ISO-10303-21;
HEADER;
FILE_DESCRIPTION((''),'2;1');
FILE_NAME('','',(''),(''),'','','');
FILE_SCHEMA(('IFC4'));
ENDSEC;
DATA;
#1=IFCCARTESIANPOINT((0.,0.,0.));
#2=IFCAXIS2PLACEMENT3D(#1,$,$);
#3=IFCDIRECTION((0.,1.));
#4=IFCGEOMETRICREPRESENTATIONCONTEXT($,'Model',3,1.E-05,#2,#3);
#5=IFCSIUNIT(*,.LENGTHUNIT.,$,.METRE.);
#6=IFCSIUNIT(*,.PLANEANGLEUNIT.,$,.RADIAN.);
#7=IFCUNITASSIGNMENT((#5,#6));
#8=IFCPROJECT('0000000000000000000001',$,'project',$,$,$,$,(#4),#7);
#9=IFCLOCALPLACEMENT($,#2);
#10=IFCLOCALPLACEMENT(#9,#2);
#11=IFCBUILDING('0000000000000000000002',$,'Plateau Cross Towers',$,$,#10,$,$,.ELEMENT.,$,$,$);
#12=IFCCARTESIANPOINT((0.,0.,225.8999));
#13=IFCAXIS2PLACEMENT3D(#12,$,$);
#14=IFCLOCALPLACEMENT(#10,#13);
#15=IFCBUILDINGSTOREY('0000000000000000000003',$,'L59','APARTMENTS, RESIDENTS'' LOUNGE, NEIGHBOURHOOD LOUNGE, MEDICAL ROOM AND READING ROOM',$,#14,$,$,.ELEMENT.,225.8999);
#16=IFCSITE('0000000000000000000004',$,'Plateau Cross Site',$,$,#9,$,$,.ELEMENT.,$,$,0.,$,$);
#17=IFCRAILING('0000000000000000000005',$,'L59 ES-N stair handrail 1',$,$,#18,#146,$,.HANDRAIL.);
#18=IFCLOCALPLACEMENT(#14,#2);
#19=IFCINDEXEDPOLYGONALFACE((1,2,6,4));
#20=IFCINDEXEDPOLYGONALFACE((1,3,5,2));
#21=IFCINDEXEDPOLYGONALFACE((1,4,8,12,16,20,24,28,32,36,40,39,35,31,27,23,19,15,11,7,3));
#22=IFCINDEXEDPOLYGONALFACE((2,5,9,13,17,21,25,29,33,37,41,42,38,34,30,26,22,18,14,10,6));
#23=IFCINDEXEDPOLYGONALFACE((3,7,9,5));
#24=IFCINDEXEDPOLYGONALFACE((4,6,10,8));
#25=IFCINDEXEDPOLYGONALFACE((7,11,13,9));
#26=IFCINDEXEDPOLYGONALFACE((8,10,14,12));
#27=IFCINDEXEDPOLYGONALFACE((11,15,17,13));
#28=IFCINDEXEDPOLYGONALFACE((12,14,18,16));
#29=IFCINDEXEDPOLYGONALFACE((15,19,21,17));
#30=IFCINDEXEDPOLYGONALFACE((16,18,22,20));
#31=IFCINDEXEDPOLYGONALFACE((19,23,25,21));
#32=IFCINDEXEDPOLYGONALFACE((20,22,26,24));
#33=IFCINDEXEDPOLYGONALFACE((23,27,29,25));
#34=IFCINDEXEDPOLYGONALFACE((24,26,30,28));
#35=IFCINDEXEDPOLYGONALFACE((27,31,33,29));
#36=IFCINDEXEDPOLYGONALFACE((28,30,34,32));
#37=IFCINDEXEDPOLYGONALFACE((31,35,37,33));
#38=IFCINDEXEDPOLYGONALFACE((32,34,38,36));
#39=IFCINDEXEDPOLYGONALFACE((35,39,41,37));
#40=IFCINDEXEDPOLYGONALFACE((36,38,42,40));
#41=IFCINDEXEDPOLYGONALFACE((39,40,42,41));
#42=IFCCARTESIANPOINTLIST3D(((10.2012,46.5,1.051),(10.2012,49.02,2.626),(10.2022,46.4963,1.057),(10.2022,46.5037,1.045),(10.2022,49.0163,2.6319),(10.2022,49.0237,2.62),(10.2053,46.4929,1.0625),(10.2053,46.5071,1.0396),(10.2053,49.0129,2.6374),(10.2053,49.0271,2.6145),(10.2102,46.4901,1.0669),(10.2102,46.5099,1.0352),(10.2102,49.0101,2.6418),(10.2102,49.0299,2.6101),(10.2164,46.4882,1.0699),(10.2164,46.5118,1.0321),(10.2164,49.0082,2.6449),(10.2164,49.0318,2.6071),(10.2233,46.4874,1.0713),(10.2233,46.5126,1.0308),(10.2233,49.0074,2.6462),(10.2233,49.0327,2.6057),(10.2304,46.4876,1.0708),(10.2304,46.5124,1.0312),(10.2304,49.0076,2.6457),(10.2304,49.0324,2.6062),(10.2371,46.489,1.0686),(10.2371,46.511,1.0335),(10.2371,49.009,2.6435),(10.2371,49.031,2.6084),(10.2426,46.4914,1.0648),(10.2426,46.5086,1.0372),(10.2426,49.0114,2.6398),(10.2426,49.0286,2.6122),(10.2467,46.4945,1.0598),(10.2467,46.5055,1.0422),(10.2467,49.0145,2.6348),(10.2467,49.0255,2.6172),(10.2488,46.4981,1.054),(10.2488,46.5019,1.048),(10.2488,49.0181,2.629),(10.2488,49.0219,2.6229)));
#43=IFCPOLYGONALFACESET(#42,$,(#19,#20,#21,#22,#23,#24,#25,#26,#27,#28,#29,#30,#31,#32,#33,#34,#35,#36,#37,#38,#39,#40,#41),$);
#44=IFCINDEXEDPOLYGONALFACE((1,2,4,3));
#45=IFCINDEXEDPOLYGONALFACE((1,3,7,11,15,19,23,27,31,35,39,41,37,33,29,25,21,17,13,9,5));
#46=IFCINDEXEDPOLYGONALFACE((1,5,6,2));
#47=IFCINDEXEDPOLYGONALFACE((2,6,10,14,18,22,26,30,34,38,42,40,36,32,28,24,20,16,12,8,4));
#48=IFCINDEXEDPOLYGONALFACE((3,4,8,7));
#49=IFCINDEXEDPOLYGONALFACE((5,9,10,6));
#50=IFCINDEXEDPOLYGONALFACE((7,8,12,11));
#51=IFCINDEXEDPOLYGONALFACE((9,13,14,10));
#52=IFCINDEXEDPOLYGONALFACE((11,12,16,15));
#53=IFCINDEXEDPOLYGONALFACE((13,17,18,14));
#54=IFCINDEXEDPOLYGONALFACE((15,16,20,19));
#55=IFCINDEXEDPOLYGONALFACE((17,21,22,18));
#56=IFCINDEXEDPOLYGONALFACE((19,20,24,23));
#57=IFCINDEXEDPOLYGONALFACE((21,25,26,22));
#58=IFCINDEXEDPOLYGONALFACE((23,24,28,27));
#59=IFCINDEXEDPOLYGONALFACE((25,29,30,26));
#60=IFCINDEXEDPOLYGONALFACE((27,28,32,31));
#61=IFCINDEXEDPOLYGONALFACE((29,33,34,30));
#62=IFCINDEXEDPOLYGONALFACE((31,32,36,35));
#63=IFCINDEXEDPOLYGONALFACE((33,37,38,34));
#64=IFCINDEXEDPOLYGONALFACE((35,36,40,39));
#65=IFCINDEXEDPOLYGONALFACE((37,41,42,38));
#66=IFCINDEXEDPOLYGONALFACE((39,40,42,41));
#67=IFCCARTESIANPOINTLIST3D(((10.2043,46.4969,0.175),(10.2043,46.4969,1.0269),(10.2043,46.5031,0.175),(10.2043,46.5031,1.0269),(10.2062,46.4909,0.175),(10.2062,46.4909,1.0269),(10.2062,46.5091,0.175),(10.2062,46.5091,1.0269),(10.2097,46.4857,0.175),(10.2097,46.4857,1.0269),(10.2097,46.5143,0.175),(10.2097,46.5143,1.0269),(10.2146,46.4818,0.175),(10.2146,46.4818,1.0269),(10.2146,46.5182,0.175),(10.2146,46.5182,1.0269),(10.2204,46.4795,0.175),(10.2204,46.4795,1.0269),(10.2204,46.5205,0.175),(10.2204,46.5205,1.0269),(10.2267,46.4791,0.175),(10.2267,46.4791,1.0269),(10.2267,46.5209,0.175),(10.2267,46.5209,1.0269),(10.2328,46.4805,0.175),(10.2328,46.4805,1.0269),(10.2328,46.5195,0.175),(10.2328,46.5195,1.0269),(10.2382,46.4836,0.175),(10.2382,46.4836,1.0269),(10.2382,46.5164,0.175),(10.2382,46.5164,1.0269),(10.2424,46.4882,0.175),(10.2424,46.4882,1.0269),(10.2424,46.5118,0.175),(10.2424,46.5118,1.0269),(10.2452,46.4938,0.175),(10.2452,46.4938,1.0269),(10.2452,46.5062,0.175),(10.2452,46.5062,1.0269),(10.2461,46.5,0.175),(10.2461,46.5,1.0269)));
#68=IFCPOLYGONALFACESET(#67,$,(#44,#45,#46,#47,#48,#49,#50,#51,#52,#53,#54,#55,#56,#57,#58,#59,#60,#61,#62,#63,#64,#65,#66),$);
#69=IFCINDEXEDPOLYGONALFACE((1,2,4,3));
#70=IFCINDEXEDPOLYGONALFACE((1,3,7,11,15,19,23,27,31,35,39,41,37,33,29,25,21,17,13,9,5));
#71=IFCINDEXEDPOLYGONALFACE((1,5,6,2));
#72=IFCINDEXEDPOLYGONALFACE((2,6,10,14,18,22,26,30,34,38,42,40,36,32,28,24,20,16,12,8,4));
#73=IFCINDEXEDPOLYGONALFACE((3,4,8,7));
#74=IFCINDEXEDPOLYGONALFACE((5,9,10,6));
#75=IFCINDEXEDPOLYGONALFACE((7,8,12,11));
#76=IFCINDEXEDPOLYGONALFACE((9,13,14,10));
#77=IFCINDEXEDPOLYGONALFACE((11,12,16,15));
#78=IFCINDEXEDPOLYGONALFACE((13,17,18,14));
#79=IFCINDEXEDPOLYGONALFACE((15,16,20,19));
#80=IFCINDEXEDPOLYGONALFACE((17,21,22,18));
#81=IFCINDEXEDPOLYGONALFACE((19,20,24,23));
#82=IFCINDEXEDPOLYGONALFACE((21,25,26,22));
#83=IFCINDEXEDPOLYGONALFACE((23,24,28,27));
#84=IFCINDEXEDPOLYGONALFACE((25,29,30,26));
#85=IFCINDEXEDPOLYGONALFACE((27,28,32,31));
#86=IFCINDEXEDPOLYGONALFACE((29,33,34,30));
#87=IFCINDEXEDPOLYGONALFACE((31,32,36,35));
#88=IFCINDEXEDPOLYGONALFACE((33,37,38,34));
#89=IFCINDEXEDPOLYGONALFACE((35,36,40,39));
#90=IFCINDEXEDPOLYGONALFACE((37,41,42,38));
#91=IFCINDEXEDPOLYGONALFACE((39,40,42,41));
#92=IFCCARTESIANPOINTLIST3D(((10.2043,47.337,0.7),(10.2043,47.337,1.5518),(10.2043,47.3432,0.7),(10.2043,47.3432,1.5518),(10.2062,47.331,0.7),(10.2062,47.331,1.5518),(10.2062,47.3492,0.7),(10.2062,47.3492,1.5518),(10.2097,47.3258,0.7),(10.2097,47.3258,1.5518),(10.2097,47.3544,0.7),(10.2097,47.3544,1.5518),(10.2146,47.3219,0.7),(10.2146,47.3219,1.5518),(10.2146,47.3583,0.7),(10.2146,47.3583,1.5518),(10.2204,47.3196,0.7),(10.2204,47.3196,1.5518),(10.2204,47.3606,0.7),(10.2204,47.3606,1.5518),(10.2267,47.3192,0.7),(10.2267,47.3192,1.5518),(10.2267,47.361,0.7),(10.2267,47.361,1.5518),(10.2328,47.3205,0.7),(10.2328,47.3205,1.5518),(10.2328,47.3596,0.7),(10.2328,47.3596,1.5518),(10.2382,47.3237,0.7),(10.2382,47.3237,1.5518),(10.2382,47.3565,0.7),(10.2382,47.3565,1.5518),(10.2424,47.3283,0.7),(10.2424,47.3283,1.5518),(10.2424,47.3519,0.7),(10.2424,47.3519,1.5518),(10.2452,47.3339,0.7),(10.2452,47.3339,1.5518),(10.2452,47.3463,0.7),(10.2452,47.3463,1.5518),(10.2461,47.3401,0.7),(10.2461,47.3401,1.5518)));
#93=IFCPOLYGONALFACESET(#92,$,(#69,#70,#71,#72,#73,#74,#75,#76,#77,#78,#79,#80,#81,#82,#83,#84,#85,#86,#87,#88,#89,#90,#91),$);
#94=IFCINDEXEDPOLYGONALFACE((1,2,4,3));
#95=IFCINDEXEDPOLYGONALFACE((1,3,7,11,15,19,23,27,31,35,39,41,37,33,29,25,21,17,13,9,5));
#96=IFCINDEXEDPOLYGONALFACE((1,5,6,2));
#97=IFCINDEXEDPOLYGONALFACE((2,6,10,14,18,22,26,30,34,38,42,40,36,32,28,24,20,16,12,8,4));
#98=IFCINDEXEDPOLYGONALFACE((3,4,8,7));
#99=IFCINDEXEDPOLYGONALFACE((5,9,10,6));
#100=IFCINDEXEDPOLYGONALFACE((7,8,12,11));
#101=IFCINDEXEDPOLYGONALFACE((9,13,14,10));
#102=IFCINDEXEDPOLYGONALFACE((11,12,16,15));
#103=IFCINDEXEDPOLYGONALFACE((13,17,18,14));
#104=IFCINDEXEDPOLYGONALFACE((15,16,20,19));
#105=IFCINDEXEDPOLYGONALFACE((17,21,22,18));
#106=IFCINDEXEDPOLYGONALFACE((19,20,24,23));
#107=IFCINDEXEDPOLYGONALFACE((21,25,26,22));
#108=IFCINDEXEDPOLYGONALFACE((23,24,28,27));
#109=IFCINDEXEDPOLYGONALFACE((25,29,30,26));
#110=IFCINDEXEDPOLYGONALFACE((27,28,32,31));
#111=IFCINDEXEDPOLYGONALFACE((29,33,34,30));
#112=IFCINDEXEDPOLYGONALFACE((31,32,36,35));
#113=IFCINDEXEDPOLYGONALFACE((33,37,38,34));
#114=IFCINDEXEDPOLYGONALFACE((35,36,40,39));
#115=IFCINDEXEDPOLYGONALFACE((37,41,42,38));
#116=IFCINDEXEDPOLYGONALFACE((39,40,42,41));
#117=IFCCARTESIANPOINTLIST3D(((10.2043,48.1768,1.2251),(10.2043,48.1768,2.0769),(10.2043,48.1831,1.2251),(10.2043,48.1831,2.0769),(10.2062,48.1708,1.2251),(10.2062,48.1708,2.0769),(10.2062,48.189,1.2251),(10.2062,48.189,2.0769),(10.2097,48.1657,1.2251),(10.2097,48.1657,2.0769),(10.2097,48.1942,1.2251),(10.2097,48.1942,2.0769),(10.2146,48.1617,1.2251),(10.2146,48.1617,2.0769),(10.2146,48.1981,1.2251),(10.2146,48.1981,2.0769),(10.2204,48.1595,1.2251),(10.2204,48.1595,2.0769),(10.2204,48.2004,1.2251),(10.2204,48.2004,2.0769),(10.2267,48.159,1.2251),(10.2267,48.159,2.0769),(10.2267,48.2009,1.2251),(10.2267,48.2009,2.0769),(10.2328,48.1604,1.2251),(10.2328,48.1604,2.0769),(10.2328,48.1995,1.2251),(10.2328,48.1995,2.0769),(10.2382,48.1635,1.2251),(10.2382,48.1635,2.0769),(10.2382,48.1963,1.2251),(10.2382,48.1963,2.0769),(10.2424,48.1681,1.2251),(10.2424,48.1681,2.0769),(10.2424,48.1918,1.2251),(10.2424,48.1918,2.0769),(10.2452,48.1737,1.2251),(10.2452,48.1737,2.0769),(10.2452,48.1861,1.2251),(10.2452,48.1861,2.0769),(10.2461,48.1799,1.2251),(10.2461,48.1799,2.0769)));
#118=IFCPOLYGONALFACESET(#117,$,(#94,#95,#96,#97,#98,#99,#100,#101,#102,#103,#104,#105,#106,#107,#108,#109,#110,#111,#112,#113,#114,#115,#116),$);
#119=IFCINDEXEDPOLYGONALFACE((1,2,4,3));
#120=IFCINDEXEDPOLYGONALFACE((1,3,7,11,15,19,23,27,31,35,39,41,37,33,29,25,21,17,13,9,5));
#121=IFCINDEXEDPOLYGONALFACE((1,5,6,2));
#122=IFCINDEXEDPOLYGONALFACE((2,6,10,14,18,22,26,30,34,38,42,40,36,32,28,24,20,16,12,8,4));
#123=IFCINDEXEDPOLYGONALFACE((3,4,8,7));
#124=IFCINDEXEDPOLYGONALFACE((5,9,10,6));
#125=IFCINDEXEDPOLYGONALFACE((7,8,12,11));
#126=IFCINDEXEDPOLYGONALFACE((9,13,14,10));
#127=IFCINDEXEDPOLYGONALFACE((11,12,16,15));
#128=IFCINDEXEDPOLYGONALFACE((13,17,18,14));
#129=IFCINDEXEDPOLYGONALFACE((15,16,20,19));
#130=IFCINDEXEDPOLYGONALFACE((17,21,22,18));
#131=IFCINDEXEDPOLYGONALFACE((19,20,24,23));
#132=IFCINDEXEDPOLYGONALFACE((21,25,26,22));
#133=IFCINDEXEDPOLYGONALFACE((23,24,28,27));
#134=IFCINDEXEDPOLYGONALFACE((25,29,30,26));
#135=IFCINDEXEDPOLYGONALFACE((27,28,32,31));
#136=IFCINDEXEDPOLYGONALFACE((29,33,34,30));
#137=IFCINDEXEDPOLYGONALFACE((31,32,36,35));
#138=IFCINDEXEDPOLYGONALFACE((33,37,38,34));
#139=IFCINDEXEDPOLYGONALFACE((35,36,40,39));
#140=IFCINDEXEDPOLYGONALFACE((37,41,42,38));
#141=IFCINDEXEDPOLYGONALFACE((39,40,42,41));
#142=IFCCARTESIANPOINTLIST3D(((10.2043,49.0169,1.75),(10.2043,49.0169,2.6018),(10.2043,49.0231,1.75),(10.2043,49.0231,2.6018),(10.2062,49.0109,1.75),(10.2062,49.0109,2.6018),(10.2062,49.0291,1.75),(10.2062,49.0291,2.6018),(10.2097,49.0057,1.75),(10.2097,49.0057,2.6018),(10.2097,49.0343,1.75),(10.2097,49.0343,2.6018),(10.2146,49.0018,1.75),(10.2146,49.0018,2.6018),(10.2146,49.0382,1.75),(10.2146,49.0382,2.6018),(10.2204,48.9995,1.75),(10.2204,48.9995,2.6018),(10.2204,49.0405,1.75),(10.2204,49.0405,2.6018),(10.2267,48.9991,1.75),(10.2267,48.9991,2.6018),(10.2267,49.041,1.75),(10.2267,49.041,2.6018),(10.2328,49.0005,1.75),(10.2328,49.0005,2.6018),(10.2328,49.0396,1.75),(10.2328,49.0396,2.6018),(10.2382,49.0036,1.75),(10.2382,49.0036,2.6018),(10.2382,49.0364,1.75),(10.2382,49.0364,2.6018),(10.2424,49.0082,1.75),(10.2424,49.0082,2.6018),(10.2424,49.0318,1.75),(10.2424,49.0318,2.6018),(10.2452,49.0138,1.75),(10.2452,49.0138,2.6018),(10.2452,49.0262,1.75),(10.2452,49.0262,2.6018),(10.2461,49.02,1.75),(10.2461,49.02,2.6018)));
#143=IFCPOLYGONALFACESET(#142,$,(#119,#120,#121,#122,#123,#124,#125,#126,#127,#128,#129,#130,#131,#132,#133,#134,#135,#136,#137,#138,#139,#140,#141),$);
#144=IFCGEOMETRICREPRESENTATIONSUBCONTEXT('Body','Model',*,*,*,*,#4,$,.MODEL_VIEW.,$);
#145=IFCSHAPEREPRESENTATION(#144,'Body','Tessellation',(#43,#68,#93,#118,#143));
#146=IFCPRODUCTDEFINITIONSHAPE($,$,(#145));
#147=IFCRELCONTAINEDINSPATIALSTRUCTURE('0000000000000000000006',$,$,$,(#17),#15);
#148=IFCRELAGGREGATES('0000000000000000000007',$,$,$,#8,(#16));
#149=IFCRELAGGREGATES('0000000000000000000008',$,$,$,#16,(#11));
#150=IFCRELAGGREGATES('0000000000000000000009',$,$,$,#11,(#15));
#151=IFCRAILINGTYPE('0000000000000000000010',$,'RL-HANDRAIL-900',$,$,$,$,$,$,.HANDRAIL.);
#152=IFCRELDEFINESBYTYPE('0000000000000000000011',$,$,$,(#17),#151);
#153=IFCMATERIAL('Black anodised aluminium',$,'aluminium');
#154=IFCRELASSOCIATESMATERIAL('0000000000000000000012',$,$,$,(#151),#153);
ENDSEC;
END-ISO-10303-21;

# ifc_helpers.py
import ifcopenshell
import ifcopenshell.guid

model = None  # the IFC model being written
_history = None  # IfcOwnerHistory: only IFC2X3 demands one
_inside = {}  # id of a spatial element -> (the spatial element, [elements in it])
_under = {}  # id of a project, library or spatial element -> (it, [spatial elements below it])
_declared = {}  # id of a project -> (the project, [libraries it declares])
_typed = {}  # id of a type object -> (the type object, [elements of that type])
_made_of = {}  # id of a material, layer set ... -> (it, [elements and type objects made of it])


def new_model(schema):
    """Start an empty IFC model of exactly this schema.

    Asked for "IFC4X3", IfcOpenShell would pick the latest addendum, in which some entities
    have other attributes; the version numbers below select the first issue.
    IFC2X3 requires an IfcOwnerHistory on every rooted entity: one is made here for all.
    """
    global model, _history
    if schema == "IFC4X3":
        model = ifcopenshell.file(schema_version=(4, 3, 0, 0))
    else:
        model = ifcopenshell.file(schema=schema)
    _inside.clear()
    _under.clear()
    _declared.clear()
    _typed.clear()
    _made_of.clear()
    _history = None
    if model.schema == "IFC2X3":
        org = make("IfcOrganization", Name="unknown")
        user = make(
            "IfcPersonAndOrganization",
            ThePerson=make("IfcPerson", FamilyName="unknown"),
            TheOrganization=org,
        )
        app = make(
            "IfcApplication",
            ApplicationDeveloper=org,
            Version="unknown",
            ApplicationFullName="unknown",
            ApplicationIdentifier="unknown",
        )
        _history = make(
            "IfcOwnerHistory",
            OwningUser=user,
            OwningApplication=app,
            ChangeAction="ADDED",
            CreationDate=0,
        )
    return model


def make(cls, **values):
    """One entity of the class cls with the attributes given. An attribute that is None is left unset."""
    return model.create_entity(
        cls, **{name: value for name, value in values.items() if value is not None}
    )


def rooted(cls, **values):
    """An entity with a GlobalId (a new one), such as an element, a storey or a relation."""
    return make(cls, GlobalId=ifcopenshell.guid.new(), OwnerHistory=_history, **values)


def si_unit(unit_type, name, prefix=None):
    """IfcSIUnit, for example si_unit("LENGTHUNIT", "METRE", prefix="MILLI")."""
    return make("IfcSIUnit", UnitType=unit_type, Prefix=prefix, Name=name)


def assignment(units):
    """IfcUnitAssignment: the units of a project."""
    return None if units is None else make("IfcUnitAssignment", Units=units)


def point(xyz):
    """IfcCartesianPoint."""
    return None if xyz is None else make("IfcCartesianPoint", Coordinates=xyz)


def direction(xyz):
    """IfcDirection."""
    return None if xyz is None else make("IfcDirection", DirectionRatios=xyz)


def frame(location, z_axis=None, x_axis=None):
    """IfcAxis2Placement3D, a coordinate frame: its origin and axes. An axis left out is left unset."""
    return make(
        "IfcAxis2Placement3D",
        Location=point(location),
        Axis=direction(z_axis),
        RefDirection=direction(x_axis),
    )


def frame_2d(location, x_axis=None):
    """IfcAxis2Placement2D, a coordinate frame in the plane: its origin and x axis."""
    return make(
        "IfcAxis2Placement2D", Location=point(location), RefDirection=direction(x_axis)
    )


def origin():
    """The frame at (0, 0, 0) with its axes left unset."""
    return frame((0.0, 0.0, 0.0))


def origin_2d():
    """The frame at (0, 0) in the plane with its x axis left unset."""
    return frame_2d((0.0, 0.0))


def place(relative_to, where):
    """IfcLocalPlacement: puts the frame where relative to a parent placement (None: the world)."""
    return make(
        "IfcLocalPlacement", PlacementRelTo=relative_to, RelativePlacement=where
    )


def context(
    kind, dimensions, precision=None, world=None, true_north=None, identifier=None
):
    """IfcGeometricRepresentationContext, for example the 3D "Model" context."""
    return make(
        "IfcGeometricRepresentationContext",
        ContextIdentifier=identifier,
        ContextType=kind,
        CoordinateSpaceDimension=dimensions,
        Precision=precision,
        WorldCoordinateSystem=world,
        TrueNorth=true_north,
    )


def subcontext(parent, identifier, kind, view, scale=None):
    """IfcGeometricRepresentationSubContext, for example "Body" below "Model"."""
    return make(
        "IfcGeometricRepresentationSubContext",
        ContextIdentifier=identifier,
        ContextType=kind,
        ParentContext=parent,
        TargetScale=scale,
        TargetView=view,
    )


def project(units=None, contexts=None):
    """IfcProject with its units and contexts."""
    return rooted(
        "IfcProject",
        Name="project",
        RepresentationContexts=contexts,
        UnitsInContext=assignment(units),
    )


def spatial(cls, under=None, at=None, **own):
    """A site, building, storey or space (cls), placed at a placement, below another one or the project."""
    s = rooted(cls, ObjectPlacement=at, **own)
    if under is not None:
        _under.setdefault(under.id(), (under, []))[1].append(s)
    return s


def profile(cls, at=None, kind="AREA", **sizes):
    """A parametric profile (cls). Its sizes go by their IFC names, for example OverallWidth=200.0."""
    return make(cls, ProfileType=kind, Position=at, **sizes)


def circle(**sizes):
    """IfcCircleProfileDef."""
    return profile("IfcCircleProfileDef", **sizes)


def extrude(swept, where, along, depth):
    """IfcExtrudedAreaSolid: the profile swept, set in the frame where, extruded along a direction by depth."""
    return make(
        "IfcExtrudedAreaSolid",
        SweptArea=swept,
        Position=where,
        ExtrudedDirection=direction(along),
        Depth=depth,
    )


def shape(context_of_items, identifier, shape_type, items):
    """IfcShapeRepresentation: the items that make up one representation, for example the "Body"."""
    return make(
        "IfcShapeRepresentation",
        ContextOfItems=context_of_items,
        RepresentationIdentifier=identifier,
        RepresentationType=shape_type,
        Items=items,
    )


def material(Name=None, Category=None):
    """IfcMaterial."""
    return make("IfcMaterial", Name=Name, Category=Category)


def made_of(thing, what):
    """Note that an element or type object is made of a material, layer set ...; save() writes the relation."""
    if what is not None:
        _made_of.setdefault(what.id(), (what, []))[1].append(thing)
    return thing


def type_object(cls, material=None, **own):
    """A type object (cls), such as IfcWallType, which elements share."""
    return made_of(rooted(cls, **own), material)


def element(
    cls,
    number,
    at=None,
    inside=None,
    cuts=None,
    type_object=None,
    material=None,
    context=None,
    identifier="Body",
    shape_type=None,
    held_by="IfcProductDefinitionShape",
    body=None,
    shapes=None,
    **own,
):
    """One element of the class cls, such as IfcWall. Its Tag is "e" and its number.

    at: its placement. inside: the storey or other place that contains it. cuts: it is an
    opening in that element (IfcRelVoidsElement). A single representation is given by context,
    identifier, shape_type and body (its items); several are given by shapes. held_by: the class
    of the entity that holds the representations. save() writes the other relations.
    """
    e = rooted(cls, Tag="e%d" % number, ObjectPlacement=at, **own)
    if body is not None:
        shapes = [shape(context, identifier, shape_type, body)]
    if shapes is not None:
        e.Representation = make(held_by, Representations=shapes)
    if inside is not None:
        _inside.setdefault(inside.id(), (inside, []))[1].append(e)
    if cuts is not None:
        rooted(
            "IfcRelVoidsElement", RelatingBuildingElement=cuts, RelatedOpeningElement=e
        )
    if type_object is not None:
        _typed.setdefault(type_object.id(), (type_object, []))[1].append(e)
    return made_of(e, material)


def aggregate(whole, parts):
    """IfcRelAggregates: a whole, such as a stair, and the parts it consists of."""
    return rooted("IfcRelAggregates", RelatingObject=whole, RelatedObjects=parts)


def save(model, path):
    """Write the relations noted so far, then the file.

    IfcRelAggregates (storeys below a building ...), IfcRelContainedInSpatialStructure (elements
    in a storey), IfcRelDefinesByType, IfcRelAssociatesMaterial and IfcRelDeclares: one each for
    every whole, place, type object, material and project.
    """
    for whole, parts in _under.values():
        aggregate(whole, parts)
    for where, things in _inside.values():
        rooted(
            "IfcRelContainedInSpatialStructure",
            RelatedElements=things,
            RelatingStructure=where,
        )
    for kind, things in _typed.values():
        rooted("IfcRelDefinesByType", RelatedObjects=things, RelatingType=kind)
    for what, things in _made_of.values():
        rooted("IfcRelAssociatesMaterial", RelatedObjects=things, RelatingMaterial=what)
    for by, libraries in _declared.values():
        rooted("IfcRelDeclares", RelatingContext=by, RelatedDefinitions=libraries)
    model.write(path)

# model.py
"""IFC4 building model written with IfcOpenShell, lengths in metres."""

from ifc_helpers import new_model, si_unit, direction, frame, origin, origin_2d, place, context, subcontext, project, spatial, circle, extrude, material, type_object, element, save


model = new_model("IFC4")

# Units and contexts
model_context = context("Model", 3, precision=1e-05, world=origin(), true_north=direction((0.0, 1.0)))
body_context = subcontext(model_context, "Body", "Model", "MODEL_VIEW")
ifc_project = project(units=[si_unit("LENGTHUNIT", "METRE"), si_unit("PLANEANGLEUNIT", "RADIAN")], contexts=[model_context])

# Site, building, storey
site_placement = place(None, origin())
site = spatial("IfcSite", under=ifc_project, at=site_placement, Name="Plateau Cross Site", CompositionType="ELEMENT", RefElevation=0.0)
building_placement = place(site_placement, origin())
building = spatial("IfcBuilding", under=site, at=building_placement, Name="Plateau Cross Towers", CompositionType="ELEMENT")
storey_placement = place(building_placement, frame((0.0, 0.0, 225.8999)))
storey = spatial("IfcBuildingStorey", under=building, at=storey_placement, Name="L59", Description="APARTMENTS, RESIDENTS' LOUNGE, NEIGHBOURHOOD LOUNGE, MEDICAL ROOM AND READING ROOM", CompositionType="ELEMENT", Elevation=225.8999)

# Shared definitions
ifc_material_1 = material(Name="Black anodised aluminium", Category="aluminium")

# Railing
railing_type_1 = type_object("IfcRailingType", Name="RL-HANDRAIL-900", PredefinedType="HANDRAIL", material=ifc_material_1)
railing_1_placement = place(storey_placement, frame((10.2251, 46.5, 0.175)))
element("IfcRailing", 1, at=railing_1_placement, inside=storey, type_object=railing_type_1, Name="L59 ES-N stair handrail 1", PredefinedType="HANDRAIL", context=body_context, shape_type="SweptSolid", body=[
    extrude(circle(Radius=0.0239, at=origin_2d()), frame((0.0, 0.0, 0.876), z_axis=(0.0, 0.848008, 0.529984), x_axis=(-1.0, 0.0, 0.0)), (0.0, 0.0, 1.0), 2.9717),
    extrude(circle(Radius=0.021, at=origin_2d()), origin(), (0.0, 0.0, 1.0), 0.8518),
    extrude(circle(Radius=0.021, at=origin_2d()), frame((0.0, 0.8401, 0.5249)), (0.0, 0.0, 1.0), 0.8518),
    extrude(circle(Radius=0.021, at=origin_2d()), frame((0.0, 1.6799, 1.05)), (0.0, 0.0, 1.0), 0.8518),
    extrude(circle(Radius=0.021, at=origin_2d()), frame((0.0, 2.52, 1.575)), (0.0, 0.0, 1.0), 0.8518),
])

save(model, "model.ifc")
